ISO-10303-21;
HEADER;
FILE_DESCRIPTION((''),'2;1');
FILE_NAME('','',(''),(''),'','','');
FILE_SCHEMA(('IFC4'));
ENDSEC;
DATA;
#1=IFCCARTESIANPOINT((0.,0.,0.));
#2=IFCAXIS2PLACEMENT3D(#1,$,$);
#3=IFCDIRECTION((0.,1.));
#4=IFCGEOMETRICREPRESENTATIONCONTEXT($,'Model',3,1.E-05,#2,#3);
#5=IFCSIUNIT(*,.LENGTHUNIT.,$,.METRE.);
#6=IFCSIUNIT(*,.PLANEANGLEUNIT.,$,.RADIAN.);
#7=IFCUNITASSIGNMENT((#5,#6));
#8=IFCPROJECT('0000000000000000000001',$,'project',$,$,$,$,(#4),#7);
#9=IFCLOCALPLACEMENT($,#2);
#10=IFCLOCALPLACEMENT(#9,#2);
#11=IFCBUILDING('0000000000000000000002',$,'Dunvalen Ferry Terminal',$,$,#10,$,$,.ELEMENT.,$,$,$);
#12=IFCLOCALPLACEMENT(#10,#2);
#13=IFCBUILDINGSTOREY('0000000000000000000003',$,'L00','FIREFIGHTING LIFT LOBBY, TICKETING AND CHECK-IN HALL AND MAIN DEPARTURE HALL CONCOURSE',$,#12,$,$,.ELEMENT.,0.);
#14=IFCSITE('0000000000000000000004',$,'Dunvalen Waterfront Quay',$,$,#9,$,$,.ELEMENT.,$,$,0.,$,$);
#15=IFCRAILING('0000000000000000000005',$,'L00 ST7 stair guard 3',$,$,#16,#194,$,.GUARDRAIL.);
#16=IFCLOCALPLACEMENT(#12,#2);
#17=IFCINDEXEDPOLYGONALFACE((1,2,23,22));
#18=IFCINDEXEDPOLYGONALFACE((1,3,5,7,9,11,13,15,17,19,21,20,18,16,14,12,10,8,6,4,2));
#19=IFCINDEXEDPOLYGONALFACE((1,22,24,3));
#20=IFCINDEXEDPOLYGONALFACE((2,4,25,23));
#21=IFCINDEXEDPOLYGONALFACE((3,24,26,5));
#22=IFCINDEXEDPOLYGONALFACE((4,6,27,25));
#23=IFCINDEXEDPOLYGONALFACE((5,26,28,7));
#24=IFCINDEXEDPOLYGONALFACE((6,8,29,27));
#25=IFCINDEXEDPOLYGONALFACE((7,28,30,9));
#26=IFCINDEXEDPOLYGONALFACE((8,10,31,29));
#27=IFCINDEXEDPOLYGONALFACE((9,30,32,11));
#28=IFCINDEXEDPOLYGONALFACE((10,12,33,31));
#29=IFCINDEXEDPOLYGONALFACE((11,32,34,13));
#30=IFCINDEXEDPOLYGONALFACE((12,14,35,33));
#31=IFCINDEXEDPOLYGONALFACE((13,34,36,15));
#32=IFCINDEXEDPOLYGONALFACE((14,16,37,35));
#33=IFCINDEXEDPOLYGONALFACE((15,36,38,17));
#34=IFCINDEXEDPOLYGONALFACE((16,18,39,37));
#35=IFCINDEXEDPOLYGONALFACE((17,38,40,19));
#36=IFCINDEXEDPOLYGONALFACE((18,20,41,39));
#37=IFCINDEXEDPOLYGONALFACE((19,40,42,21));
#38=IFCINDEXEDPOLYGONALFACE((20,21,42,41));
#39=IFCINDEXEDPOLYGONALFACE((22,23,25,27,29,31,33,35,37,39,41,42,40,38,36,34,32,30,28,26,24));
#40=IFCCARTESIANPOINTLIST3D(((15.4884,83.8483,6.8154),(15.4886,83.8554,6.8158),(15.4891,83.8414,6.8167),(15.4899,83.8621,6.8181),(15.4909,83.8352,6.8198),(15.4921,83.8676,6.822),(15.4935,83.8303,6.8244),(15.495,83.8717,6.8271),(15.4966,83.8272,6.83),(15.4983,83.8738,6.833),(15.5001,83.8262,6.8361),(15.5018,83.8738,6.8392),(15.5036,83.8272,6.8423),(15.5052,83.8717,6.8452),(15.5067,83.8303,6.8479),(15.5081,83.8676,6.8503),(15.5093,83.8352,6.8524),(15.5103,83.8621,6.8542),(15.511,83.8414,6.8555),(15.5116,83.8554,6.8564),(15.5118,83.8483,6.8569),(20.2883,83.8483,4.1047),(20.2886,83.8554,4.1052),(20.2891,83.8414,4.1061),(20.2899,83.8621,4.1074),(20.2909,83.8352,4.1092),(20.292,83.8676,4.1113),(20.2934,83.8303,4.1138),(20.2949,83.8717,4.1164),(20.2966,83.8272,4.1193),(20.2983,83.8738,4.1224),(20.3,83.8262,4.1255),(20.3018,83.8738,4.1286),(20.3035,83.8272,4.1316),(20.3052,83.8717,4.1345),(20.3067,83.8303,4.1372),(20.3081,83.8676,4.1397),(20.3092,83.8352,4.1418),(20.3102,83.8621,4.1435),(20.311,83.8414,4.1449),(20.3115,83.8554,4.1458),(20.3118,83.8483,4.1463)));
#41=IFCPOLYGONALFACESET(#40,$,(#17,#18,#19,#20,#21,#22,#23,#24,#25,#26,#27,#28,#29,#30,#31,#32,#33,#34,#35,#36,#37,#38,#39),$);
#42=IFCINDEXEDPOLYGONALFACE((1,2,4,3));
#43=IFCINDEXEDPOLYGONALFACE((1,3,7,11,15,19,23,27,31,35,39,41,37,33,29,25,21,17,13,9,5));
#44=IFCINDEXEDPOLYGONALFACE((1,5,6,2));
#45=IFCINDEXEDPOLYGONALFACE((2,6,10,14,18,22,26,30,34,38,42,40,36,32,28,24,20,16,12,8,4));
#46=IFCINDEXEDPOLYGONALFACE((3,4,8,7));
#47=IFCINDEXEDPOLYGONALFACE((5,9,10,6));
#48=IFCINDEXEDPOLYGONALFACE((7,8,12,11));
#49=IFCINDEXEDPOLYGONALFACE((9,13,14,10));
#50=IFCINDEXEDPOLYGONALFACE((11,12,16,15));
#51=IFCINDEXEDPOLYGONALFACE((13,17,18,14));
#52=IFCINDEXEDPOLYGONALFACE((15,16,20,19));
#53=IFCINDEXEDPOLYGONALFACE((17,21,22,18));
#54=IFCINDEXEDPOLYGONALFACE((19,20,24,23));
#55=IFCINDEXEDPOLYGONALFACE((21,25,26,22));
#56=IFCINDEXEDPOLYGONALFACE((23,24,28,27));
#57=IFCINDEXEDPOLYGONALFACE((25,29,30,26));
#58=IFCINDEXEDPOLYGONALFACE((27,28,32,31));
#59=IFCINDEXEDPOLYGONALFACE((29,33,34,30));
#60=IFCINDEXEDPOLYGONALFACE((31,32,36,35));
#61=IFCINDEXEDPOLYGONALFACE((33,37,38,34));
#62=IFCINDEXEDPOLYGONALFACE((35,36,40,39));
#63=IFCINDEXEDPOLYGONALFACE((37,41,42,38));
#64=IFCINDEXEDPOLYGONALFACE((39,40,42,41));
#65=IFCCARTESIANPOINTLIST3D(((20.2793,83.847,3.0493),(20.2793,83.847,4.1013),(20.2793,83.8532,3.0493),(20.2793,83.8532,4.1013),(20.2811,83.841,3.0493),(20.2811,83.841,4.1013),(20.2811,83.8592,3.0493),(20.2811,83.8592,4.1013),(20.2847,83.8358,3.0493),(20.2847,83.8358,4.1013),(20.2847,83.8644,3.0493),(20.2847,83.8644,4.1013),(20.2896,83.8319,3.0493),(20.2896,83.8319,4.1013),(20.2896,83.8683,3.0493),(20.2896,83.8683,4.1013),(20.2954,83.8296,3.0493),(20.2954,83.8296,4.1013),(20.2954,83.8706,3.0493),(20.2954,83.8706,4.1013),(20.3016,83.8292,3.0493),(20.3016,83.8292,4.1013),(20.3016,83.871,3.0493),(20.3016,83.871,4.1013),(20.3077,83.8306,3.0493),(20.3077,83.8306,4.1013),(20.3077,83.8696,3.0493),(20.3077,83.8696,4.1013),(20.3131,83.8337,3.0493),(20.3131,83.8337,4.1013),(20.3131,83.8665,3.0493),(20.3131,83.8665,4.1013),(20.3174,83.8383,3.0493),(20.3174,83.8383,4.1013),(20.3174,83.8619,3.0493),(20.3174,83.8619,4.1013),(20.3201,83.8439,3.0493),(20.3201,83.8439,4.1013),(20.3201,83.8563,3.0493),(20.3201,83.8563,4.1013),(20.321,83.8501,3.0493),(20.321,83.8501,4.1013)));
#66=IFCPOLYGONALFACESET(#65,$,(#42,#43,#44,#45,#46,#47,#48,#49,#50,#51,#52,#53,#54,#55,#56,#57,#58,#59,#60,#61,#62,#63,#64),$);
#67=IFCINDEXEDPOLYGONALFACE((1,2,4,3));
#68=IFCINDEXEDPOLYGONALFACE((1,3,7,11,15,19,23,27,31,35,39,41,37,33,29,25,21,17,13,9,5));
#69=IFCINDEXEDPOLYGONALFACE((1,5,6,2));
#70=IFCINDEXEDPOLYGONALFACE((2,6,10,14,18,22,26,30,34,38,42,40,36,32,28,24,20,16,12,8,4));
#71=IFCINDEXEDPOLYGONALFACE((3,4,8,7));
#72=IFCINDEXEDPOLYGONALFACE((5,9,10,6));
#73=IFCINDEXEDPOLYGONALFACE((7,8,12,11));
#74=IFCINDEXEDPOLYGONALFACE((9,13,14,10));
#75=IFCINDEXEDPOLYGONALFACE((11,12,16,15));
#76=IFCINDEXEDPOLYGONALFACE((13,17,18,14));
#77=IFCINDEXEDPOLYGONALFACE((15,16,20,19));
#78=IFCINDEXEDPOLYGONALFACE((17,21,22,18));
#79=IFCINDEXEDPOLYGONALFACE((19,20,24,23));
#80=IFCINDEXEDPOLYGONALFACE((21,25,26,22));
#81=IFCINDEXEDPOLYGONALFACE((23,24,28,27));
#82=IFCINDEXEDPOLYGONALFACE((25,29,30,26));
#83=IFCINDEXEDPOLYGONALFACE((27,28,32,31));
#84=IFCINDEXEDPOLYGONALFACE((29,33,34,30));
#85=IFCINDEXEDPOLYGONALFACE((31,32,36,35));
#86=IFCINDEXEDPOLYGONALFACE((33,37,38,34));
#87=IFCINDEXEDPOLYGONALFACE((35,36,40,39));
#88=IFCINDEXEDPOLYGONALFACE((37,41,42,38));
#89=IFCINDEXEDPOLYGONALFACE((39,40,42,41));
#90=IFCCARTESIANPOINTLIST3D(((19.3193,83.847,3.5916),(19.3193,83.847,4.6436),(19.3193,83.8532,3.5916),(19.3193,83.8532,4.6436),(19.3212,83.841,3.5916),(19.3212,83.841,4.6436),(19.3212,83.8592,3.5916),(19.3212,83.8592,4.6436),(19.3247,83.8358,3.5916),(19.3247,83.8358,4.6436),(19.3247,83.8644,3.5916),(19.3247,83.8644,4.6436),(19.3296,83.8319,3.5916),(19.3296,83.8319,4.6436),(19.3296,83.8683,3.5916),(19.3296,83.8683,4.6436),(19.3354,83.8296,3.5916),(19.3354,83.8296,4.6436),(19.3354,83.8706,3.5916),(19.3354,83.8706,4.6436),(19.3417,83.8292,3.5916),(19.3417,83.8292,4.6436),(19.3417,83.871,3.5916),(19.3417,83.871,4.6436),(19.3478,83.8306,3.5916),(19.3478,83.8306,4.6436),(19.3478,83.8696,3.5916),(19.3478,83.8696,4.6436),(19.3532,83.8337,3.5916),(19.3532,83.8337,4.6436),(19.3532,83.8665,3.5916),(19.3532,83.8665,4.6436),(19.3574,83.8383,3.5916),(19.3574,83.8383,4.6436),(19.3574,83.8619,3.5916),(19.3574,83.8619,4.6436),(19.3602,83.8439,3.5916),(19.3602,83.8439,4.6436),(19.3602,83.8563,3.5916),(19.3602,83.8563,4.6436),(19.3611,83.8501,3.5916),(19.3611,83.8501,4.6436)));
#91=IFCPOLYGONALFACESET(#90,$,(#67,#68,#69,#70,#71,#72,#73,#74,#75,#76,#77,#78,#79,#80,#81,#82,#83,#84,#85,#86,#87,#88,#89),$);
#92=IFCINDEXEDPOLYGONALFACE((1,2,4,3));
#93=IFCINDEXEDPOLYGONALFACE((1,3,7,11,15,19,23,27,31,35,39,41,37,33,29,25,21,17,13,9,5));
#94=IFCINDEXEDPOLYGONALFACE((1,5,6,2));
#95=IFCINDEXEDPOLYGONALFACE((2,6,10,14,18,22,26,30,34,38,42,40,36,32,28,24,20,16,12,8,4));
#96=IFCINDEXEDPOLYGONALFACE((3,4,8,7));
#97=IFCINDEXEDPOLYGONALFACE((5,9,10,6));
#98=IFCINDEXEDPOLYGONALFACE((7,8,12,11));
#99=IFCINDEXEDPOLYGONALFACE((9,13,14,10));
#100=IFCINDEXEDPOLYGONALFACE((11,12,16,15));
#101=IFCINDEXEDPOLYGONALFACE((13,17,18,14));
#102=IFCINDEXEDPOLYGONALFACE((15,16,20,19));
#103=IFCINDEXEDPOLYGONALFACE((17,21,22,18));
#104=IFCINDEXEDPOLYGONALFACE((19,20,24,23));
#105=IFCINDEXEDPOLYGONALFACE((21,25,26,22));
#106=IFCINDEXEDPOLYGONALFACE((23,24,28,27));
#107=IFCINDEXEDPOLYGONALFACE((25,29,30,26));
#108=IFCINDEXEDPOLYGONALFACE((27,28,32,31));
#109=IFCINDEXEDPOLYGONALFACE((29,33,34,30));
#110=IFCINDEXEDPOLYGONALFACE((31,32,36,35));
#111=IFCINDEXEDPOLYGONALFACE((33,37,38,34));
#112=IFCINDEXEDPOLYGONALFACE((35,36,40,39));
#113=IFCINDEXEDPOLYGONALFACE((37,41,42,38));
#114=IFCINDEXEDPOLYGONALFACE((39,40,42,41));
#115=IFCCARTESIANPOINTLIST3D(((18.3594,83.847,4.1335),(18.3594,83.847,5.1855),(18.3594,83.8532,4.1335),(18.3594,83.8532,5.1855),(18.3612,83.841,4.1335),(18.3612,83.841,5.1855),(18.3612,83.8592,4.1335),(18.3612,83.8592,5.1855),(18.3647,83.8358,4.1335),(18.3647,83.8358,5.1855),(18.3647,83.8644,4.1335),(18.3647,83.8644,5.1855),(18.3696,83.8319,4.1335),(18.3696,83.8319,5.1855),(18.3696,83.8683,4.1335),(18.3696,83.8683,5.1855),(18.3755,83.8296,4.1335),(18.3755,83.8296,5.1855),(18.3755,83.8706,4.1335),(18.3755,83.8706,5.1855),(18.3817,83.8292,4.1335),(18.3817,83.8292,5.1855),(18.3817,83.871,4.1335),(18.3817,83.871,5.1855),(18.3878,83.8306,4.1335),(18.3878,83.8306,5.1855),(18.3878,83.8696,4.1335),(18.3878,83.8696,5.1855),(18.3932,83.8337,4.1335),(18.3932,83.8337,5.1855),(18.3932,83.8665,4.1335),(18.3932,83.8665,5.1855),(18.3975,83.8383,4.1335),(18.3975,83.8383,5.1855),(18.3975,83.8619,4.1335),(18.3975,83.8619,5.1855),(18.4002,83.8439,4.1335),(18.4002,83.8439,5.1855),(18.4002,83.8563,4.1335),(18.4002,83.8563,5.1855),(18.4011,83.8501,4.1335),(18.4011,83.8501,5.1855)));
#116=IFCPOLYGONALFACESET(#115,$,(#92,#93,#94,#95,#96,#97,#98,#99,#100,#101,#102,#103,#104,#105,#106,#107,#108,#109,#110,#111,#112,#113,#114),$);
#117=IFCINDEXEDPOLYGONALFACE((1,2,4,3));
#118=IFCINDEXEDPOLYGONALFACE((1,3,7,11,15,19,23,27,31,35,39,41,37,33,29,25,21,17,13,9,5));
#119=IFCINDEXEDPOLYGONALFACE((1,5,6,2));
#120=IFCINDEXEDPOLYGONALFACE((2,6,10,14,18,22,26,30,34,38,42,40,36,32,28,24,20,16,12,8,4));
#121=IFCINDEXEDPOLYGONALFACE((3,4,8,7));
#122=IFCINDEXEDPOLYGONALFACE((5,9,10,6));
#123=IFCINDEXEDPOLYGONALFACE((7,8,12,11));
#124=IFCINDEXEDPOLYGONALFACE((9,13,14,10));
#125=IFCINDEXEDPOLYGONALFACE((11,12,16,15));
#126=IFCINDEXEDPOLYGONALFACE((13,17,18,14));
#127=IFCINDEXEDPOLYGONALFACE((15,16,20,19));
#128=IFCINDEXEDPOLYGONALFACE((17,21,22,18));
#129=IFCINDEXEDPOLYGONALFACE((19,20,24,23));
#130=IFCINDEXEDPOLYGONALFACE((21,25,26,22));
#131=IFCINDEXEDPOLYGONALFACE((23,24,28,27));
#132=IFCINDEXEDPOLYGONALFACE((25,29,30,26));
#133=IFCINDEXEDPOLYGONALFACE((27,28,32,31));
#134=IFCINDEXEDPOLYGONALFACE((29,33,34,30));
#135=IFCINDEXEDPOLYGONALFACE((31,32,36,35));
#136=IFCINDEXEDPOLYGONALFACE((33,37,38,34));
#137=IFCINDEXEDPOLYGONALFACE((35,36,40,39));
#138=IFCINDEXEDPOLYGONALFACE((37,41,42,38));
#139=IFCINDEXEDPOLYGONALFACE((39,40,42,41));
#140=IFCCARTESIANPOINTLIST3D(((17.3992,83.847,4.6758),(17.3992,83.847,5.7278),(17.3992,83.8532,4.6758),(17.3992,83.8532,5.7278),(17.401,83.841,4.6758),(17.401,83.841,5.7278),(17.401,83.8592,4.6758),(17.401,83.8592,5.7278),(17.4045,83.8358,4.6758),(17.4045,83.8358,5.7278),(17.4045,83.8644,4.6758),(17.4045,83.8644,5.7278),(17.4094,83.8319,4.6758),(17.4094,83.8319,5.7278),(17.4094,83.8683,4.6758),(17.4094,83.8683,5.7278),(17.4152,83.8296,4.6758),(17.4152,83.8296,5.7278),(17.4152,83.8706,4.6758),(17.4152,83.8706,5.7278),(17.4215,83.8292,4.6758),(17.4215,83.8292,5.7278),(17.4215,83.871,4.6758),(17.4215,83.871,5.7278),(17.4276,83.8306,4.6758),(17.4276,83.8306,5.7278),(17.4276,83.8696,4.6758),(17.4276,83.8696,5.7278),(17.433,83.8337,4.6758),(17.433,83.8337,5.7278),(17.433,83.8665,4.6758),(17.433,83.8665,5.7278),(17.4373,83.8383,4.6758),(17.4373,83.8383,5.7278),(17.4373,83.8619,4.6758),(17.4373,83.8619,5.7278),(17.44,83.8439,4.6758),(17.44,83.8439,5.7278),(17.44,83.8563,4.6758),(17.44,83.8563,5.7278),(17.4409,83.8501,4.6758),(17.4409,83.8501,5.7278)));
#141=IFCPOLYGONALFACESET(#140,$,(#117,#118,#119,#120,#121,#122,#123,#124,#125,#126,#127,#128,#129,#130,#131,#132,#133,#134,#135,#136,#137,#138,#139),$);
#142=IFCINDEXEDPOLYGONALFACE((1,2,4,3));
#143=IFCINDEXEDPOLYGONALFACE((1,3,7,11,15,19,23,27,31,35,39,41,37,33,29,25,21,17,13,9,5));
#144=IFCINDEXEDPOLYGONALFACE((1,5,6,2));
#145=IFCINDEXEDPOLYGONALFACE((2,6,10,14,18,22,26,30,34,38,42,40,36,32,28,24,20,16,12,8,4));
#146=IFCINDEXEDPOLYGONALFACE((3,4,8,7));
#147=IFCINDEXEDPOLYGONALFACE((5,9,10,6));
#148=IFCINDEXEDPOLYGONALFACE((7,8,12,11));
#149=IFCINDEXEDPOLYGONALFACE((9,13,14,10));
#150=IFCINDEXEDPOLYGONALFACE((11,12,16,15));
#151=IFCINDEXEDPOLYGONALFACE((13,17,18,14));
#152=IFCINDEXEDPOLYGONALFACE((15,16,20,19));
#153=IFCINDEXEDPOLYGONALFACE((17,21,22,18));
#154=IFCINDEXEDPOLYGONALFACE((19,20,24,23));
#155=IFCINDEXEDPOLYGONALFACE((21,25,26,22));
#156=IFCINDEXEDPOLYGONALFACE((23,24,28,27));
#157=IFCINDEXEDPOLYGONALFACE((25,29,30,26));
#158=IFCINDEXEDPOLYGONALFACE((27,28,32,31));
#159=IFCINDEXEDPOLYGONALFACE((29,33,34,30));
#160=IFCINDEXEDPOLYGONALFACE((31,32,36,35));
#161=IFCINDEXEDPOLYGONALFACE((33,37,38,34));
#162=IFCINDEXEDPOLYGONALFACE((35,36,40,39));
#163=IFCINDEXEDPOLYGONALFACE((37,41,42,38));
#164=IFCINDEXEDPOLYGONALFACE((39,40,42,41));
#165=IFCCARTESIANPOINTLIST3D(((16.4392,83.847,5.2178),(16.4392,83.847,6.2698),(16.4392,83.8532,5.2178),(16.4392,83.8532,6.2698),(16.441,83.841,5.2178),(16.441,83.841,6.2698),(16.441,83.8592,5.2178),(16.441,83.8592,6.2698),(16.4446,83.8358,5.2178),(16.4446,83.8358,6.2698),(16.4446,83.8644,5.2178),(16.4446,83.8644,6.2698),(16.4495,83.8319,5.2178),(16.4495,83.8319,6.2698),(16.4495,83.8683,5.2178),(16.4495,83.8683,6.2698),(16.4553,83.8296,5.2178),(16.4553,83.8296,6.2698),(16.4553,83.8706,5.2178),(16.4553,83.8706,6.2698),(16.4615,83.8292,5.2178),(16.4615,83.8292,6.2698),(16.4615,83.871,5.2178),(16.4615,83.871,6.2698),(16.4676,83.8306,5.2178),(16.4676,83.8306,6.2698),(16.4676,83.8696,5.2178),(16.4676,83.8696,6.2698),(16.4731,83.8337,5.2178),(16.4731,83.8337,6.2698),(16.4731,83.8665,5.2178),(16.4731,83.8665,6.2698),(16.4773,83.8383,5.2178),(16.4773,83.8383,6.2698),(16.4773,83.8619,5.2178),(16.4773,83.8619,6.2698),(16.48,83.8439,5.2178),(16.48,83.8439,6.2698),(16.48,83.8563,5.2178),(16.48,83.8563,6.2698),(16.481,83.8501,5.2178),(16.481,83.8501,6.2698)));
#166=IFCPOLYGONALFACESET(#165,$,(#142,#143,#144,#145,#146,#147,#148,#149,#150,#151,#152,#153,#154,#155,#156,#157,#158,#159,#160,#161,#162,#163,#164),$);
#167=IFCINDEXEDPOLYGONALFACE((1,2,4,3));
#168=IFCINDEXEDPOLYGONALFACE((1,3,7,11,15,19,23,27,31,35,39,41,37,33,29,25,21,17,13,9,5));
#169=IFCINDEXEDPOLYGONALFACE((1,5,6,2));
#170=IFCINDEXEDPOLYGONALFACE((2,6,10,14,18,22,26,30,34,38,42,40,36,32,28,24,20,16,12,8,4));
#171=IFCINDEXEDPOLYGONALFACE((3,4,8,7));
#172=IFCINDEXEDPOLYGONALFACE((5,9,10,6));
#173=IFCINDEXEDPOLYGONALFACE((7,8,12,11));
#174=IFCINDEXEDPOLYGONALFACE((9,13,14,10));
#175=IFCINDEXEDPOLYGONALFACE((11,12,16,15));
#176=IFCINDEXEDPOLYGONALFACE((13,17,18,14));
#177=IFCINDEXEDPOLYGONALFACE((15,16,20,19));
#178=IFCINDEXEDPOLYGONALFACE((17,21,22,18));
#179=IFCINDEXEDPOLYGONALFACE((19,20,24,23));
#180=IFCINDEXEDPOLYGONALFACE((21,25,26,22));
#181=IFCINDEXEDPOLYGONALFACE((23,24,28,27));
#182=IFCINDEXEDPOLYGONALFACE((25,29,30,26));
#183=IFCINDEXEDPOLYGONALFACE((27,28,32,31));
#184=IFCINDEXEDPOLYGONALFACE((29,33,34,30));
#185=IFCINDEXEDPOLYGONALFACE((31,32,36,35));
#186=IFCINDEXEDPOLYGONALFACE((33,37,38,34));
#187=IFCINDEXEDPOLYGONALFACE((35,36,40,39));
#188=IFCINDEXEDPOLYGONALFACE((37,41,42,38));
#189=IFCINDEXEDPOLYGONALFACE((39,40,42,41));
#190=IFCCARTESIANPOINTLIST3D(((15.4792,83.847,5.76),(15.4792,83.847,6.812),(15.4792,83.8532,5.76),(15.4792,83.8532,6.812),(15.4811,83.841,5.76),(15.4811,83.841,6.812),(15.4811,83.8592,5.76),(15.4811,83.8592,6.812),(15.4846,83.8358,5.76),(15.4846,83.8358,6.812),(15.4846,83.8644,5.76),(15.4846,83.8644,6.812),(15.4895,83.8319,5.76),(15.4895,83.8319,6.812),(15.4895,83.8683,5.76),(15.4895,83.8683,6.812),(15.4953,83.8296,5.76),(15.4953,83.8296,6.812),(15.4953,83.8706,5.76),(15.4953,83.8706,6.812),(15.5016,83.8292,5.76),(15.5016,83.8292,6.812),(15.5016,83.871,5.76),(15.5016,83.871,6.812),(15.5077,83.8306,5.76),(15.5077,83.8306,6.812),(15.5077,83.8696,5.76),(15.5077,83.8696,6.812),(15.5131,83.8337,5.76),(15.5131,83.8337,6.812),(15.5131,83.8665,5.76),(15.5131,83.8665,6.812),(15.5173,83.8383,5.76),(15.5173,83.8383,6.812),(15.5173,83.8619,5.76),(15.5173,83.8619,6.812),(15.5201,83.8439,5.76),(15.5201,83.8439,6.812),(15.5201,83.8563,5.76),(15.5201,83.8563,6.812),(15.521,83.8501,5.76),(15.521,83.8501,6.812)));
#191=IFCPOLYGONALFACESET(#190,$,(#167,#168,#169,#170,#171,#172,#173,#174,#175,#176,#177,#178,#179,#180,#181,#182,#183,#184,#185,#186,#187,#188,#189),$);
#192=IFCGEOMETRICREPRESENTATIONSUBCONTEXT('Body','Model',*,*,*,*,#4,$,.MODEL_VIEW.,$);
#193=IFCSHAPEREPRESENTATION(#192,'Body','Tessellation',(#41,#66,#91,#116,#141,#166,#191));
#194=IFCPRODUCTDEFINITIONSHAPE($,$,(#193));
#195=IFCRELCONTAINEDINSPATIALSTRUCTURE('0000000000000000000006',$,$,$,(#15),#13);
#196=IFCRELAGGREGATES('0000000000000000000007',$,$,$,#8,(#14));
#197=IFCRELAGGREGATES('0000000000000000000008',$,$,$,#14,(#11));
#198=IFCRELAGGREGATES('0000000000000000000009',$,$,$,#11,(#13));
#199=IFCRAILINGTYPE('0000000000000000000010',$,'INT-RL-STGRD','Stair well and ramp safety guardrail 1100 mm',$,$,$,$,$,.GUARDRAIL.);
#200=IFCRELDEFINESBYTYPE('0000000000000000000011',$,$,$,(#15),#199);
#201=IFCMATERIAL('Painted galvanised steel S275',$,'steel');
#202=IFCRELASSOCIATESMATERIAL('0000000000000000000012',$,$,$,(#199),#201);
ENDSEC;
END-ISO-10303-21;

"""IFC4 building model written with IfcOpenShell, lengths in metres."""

from ifc_helpers import new_model, si_unit, direction, frame, origin, origin_2d, place, context, subcontext, project, spatial, circle, extrude, material, type_object, element, save


model = new_model("IFC4")

# Units and contexts
model_context = context("Model", 3, precision=1e-05, world=origin(), true_north=direction((0.0, 1.0)))
body_context = subcontext(model_context, "Body", "Model", "MODEL_VIEW")
ifc_project = project(units=[si_unit("LENGTHUNIT", "METRE"), si_unit("PLANEANGLEUNIT", "RADIAN")], contexts=[model_context])

# Site, building, storey
site_placement = place(None, origin())
site = spatial("IfcSite", under=ifc_project, at=site_placement, Name="Dunvalen Waterfront Quay", CompositionType="ELEMENT", RefElevation=0.0)
building_placement = place(site_placement, origin())
building = spatial("IfcBuilding", under=site, at=building_placement, Name="Dunvalen Ferry Terminal", CompositionType="ELEMENT")
storey_placement = place(building_placement, origin())
storey = spatial("IfcBuildingStorey", under=building, at=storey_placement, Name="L00", Description="FIREFIGHTING LIFT LOBBY, TICKETING AND CHECK-IN HALL AND MAIN DEPARTURE HALL CONCOURSE", CompositionType="ELEMENT", Elevation=0.0)

# Railing
ifc_material_1 = material(Name="Painted galvanised steel S275", Category="steel")
railing_type_1 = type_object("IfcRailingType", Name="INT-RL-STGRD", Description="Stair well and ramp safety guardrail 1100 mm", PredefinedType="GUARDRAIL", material=ifc_material_1)
railing_1_placement = place(storey_placement, frame((20.3, 83.8501, 3.0493)))
element("IfcRailing", 1, at=railing_1_placement, inside=storey, type_object=railing_type_1, Name="L00 ST7 stair guard 3", PredefinedType="GUARDRAIL", context=body_context, shape_type="SweptSolid", body=[
    extrude(circle(Radius=0.0239, at=origin_2d()), frame((0.0, 0.0, 1.0762), z_axis=(-0.870748, 0.0, 0.49173), x_axis=(0.0, -1.0, 0.0)), (0.0, 0.0, 1.0), 5.5125),
    extrude(circle(Radius=0.021, at=origin_2d()), origin(), (0.0, 0.0, 1.0), 1.052),
    extrude(circle(Radius=0.021, at=origin_2d()), frame((-0.96, 0.0, 0.5422)), (0.0, 0.0, 1.0), 1.052),
    extrude(circle(Radius=0.021, at=origin_2d()), frame((-1.9199, 0.0, 1.0842)), (0.0, 0.0, 1.0), 1.052),
    extrude(circle(Radius=0.021, at=origin_2d()), frame((-2.8801, 0.0, 1.6265)), (0.0, 0.0, 1.0), 1.052),
    extrude(circle(Radius=0.021, at=origin_2d()), frame((-3.8401, 0.0, 2.1685)), (0.0, 0.0, 1.0), 1.052),
    extrude(circle(Radius=0.021, at=origin_2d()), frame((-4.8, 0.0, 2.7107)), (0.0, 0.0, 1.0), 1.052),
])

save(model, "model.ifc")
